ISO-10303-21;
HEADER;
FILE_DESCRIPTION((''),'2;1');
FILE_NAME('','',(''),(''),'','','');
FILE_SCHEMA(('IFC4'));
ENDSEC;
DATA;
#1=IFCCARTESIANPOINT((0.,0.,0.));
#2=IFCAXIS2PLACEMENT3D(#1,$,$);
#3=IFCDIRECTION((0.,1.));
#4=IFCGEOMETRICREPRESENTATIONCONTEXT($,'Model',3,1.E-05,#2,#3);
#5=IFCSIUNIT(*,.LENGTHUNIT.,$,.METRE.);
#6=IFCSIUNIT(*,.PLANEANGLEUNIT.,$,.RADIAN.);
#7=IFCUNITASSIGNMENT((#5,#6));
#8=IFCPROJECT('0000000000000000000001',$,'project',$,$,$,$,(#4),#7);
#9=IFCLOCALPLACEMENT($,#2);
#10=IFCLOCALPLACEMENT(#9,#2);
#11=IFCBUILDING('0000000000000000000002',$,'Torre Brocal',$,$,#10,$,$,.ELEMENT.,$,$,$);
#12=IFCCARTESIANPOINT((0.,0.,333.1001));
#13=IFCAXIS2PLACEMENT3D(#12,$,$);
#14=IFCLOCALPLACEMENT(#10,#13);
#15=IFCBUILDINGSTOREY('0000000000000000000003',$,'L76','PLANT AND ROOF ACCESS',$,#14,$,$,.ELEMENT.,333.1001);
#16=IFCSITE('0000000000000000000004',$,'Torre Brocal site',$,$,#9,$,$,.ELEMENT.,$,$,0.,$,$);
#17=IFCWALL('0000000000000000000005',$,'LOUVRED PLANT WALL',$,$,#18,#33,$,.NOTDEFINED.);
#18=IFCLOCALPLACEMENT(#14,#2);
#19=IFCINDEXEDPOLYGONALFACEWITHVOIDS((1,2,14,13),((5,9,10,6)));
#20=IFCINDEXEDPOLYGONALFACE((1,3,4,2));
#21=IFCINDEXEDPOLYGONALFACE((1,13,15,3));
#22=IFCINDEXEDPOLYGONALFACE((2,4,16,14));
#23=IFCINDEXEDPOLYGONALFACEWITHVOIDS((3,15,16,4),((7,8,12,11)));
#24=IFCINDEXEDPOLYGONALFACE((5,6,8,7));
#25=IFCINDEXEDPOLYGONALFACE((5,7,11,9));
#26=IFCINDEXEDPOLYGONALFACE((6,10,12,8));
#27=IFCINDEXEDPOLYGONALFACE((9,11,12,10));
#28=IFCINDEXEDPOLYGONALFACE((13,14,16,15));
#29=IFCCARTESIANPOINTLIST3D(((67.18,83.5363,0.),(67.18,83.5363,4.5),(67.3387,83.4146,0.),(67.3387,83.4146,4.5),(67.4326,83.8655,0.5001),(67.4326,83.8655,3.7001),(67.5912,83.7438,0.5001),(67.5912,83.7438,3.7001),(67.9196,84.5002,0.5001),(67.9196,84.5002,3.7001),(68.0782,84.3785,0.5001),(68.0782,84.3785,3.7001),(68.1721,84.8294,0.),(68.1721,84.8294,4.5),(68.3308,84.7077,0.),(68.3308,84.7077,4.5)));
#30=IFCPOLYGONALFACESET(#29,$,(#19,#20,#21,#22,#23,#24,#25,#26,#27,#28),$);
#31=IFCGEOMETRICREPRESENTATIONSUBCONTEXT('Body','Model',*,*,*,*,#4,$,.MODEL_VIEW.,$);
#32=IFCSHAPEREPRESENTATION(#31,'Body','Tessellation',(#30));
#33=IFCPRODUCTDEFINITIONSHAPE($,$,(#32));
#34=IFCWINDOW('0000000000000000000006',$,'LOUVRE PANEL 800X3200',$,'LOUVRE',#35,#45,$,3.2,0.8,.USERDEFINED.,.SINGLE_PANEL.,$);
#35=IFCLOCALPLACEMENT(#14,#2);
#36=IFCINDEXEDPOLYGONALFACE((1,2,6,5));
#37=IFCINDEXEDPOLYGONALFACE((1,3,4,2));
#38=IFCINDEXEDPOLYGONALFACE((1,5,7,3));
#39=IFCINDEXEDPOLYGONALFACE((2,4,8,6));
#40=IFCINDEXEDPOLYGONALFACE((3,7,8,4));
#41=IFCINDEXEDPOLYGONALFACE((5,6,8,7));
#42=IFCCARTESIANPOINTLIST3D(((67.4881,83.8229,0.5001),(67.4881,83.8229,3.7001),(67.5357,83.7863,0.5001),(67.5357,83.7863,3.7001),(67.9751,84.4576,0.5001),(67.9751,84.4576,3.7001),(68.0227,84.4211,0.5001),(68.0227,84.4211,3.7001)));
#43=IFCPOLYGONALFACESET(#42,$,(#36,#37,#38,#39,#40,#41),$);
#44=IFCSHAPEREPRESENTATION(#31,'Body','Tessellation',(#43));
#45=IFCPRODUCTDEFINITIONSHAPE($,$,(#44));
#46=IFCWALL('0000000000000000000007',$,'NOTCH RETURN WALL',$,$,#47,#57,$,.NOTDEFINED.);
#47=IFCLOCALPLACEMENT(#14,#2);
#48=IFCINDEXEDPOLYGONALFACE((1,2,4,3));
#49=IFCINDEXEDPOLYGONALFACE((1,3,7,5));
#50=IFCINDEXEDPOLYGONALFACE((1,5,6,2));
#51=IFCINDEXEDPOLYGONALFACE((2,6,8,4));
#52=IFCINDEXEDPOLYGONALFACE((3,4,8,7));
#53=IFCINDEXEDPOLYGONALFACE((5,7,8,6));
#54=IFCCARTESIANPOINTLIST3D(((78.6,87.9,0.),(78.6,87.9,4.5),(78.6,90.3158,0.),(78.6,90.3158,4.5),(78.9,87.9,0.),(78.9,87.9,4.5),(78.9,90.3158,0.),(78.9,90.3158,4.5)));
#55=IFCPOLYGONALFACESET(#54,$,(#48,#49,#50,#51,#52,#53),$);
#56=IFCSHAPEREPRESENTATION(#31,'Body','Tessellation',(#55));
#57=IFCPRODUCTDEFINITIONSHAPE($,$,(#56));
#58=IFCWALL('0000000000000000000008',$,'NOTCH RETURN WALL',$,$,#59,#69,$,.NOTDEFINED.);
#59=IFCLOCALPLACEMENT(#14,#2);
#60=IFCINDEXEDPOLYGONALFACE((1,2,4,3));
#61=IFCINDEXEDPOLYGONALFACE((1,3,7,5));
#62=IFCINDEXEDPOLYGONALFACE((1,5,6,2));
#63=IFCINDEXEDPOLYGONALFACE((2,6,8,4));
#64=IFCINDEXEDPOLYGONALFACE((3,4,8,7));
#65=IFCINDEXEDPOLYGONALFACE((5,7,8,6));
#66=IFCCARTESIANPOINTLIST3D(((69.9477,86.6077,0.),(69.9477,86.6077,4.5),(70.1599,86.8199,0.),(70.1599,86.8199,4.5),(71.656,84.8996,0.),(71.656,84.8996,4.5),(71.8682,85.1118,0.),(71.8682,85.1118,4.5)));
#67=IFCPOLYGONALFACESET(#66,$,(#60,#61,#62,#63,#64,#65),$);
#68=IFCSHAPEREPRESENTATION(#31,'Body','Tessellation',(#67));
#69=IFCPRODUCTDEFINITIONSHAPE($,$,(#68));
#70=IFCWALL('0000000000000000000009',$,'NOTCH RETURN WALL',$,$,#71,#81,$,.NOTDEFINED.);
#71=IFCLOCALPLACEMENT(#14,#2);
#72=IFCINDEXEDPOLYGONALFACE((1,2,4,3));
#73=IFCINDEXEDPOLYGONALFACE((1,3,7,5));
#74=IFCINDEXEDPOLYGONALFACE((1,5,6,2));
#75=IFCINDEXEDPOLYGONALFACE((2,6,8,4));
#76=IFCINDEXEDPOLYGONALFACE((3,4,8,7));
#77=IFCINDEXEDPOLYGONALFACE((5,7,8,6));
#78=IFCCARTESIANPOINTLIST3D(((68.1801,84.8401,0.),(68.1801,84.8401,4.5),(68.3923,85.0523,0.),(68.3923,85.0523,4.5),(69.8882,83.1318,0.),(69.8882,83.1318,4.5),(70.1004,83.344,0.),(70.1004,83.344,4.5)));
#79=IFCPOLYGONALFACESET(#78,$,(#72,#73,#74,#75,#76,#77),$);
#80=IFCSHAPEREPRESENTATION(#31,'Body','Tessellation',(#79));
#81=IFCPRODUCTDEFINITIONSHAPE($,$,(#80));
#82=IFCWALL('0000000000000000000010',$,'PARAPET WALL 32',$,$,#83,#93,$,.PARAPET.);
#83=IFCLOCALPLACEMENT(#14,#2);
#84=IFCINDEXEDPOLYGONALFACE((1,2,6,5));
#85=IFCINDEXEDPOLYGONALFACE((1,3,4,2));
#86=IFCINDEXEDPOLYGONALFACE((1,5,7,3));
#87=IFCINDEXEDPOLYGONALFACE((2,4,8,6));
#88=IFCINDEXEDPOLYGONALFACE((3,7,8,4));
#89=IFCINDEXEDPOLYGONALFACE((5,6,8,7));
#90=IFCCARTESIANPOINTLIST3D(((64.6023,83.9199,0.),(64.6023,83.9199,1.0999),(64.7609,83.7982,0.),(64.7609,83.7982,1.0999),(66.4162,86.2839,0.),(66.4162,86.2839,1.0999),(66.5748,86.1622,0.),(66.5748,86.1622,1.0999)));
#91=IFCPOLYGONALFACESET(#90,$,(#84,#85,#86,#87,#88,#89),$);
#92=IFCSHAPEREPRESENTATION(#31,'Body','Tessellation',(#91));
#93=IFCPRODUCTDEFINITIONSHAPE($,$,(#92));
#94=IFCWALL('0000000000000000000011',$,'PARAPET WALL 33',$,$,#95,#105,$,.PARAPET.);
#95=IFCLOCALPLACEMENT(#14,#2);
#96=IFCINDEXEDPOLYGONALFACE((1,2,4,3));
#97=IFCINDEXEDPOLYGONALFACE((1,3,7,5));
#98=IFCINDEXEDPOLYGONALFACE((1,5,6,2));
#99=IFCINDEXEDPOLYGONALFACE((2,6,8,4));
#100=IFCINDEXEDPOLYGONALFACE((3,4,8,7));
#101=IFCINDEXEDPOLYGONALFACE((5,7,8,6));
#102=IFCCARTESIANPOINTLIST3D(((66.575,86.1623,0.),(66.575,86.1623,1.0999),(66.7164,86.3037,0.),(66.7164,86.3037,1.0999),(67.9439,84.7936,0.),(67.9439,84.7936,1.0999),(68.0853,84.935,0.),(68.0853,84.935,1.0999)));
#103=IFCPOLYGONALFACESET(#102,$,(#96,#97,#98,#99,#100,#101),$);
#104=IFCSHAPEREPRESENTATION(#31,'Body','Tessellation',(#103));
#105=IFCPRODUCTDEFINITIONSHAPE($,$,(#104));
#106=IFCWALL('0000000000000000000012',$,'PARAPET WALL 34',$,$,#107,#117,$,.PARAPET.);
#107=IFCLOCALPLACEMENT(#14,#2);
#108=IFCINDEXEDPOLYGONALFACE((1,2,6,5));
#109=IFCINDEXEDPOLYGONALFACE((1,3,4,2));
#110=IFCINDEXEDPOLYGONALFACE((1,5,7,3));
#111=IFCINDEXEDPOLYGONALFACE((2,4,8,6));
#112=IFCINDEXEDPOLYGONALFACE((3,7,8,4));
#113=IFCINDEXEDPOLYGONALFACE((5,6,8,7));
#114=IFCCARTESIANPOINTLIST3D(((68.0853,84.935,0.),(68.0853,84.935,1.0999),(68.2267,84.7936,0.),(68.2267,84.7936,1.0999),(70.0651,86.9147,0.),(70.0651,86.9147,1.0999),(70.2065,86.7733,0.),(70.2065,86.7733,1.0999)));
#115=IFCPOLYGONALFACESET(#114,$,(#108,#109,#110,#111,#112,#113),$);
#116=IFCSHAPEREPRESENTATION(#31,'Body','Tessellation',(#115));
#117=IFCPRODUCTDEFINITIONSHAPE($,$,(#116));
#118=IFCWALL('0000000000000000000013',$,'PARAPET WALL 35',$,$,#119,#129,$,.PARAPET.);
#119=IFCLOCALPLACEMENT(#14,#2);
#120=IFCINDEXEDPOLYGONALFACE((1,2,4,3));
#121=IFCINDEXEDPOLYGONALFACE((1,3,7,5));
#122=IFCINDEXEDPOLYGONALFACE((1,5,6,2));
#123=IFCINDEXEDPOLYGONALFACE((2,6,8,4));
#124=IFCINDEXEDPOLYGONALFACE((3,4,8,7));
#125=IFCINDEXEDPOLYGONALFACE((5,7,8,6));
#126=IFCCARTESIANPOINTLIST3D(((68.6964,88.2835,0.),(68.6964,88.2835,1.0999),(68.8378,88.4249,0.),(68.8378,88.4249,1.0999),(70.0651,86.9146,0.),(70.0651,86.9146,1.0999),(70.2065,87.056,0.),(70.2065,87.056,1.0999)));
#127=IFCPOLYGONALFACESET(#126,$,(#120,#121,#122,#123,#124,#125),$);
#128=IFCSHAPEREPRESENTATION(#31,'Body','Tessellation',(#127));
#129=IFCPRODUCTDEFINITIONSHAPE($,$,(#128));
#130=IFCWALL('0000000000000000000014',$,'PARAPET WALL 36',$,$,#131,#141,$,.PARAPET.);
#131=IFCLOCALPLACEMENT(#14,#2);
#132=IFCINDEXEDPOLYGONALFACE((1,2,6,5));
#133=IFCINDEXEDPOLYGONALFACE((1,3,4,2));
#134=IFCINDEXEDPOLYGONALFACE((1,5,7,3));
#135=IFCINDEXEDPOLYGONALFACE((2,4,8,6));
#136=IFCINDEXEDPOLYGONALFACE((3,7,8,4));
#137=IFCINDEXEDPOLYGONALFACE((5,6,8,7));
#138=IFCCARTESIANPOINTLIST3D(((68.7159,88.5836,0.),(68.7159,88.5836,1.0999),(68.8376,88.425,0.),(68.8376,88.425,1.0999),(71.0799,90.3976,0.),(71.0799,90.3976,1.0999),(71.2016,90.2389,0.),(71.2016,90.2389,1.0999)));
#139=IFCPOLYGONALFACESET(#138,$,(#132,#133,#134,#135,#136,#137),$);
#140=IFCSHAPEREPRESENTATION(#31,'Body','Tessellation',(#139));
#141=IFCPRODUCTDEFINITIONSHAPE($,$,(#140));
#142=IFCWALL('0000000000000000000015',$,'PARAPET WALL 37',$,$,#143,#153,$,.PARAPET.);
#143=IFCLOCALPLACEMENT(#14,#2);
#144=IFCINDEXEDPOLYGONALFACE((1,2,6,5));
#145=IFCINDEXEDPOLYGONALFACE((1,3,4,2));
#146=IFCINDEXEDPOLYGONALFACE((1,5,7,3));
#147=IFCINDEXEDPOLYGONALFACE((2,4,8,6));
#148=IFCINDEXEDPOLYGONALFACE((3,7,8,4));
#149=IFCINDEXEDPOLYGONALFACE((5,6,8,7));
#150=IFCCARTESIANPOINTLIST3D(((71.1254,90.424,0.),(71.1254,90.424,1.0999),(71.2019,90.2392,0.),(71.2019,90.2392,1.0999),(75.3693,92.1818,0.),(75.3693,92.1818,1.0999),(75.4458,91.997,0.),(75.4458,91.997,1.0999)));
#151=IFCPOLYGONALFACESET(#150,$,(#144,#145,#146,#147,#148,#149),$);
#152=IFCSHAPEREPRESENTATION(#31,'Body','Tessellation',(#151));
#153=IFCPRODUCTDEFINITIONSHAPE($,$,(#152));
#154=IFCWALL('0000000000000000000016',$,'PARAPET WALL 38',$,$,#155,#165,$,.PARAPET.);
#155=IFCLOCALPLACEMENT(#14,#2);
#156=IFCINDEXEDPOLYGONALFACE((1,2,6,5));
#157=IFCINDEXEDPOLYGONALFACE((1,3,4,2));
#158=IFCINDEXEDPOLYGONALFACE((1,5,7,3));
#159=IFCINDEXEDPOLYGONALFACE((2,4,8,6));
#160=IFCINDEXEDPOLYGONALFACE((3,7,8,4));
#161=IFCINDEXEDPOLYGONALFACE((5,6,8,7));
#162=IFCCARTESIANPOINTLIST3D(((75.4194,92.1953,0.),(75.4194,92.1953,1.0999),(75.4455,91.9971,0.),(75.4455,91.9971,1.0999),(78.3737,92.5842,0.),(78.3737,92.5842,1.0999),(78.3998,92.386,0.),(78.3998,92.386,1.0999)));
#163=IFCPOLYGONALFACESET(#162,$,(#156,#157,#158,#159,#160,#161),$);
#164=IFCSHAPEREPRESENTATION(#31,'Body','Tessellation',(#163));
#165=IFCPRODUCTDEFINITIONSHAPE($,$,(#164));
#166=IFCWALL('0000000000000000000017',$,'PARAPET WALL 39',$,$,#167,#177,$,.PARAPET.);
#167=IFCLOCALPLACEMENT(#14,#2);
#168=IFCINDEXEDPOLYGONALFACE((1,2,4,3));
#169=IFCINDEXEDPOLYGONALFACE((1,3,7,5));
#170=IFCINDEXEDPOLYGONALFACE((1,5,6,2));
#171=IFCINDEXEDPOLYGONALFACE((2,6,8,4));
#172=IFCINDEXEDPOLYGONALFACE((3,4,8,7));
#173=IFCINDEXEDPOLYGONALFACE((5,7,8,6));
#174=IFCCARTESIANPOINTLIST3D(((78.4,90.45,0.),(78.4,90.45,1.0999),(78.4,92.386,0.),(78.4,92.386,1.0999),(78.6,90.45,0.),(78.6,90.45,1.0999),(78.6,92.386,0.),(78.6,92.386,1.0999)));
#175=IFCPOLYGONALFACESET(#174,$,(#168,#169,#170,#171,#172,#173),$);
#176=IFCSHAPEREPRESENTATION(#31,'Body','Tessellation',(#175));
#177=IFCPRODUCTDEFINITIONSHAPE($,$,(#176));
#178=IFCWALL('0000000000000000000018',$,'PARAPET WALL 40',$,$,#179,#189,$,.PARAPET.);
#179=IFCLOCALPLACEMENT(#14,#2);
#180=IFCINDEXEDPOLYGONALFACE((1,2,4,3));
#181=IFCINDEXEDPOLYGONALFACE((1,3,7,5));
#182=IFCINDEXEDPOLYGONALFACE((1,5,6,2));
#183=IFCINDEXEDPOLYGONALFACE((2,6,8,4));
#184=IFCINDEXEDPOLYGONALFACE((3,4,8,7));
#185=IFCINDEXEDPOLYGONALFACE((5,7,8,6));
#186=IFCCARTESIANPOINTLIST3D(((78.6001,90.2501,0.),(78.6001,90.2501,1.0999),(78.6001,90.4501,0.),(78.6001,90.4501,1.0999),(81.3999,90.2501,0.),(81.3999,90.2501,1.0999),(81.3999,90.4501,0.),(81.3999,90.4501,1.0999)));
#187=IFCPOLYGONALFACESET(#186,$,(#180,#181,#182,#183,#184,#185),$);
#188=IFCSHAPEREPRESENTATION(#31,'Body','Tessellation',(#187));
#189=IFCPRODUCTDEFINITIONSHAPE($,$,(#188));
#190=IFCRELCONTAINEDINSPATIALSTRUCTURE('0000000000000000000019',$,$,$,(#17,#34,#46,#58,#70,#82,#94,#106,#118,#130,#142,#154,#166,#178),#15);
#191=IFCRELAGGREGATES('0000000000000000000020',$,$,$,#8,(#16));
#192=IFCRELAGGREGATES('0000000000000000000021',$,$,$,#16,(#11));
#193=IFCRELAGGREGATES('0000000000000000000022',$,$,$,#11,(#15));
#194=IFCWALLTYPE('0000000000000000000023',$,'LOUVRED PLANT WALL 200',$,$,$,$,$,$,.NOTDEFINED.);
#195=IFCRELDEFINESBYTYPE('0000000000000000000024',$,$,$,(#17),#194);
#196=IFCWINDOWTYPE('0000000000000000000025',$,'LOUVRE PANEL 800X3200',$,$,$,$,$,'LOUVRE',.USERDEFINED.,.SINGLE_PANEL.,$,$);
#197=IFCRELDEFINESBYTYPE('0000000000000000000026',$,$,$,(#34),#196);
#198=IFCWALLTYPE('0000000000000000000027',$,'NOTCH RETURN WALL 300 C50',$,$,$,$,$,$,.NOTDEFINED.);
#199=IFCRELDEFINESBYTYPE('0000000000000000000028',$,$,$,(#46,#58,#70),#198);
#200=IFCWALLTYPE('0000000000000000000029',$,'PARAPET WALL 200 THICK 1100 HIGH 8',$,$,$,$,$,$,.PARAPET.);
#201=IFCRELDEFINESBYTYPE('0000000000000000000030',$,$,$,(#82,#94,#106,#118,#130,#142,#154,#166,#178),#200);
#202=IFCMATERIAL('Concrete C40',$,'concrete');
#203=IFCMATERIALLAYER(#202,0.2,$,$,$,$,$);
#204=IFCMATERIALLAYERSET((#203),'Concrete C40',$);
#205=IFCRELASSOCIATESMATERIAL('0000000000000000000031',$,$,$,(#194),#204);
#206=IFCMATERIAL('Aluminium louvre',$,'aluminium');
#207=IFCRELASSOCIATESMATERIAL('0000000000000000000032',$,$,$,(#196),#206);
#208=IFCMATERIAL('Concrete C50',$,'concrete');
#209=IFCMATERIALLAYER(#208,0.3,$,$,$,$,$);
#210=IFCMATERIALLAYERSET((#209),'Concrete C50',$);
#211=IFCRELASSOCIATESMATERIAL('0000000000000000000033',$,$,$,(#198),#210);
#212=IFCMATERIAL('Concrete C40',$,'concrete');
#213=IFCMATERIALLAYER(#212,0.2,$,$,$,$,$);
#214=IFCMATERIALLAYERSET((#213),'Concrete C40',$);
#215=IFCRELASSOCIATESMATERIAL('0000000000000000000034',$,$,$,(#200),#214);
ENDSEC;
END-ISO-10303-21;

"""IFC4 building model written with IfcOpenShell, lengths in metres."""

from ifc_helpers import new_model, si_unit, direction, frame, frame_2d, origin, place, context, subcontext, project, spatial, rectangle, extrude, material, layer, layer_set, type_object, element, fill, save


model = new_model("IFC4")

# Units and contexts
model_context = context("Model", 3, precision=1e-05, world=origin(), true_north=direction((0.0, 1.0)))
body_context = subcontext(model_context, "Body", "Model", "MODEL_VIEW")
ifc_project = project(units=[si_unit("LENGTHUNIT", "METRE"), si_unit("PLANEANGLEUNIT", "RADIAN")], contexts=[model_context])

# Site, building, storey
site_placement = place(None, origin())
site = spatial("IfcSite", under=ifc_project, at=site_placement, Name="Torre Brocal site", CompositionType="ELEMENT", RefElevation=0.0)
building_placement = place(site_placement, origin())
building = spatial("IfcBuilding", under=site, at=building_placement, Name="Torre Brocal", CompositionType="ELEMENT")
storey_placement = place(building_placement, frame((0.0, 0.0, 333.1001)))
storey = spatial("IfcBuildingStorey", under=building, at=storey_placement, Name="L76", Description="PLANT AND ROOF ACCESS", CompositionType="ELEMENT", Elevation=333.1001)

# Wall, opening, window
ifc_material_1 = material(Name="Concrete C40", Category="concrete")
ifc_layer_1 = layer(ifc_material_1, 0.2)
ifc_layer_set_1 = layer_set([ifc_layer_1], Name="Concrete C40")
wall_type_1 = type_object("IfcWallType", Name="LOUVRED PLANT WALL 200", PredefinedType="NOTDEFINED", material=ifc_layer_set_1)
wall_1_placement = place(storey_placement, frame((68.2515, 84.7686, 0.0), z_axis=(0.0, 0.0, 1.0), x_axis=(-0.608711, -0.793392, 0.0)))
wall_1 = element("IfcWall", 1, at=wall_1_placement, inside=storey, type_object=wall_type_1, Name="LOUVRED PLANT WALL", PredefinedType="NOTDEFINED", context=body_context, shape_type="SweptSolid", body=[
    extrude(rectangle(XDim=1.6299, YDim=0.2, at=frame_2d((0.8149, 0.0))), origin(), (0.0, 0.0, 1.0), 4.5),
])
opening_1_placement = place(wall_1_placement, frame((0.415, 0.0, 0.5)))
opening_1 = element("IfcOpeningElement", 2, at=opening_1_placement, cuts=wall_1, PredefinedType="OPENING", context=body_context, shape_type="SweptSolid", body=[
    extrude(rectangle(XDim=0.8, YDim=3.2, at=frame_2d((0.3999, 1.6001))), frame((0.0, 0.1099, 0.0), z_axis=(0.0, -1.0, 0.0), x_axis=(1.0, 0.0, 0.0)), (0.0, 0.0, 1.0), 0.22),
])
ifc_material_2 = material(Name="Aluminium louvre", Category="aluminium")
window_type_1 = type_object("IfcWindowType", Name="LOUVRE PANEL 800X3200", ElementType="LOUVRE", PartitioningType="SINGLE_PANEL", PredefinedType="USERDEFINED", material=ifc_material_2)
window_1_placement = place(opening_1_placement, origin())
window_1 = element("IfcWindow", 3, at=window_1_placement, inside=storey, type_object=window_type_1, Name="LOUVRE PANEL 800X3200", ObjectType="LOUVRE", OverallHeight=3.2, OverallWidth=0.8, PartitioningType="SINGLE_PANEL", PredefinedType="USERDEFINED", context=body_context, shape_type="SweptSolid", body=[
    extrude(rectangle(XDim=0.8, YDim=3.2, at=frame_2d((0.3999, 1.6001))), frame((0.0, 0.03, 0.0), z_axis=(0.0, -1.0, 0.0), x_axis=(1.0, 0.0, 0.0)), (0.0, 0.0, 1.0), 0.0601),
])
fill(opening_1, window_1)

# Walls
ifc_material_3 = material(Name="Concrete C50", Category="concrete")
ifc_layer_2 = layer(ifc_material_3, 0.3)
ifc_layer_set_2 = layer_set([ifc_layer_2], Name="Concrete C50")
wall_type_2 = type_object("IfcWallType", Name="NOTCH RETURN WALL 300 C50", PredefinedType="NOTDEFINED", material=ifc_layer_set_2)
for number, where, z_axis, x_axis, name in (
    (4, (78.75, 87.8999, 0.0), (0.0, 0.0, 1.0), (0.0, 1.0, 0.0), "NOTCH RETURN WALL"),
    (5, (71.7622, 85.0056, 0.0), (0.0, 0.0, 1.0), (-0.707157, 0.707056, 0.0), "NOTCH RETURN WALL"),
    (6, (69.9944, 83.2378, 0.0), (0.0, 0.0, 1.0), (-0.707056, 0.707157, 0.0), "NOTCH RETURN WALL"),
):
    element("IfcWall", number, at=place(storey_placement, frame(where, z_axis=z_axis, x_axis=x_axis)), inside=storey, type_object=wall_type_2, Name=name, PredefinedType="NOTDEFINED", context=body_context, shape_type="SweptSolid", body=[
        extrude(rectangle(XDim=2.4158, YDim=0.3, at=frame_2d((1.208, 0.0))), origin(), (0.0, 0.0, 1.0), 4.5),
    ])
ifc_material_4 = material(Name="Concrete C40", Category="concrete")
ifc_layer_3 = layer(ifc_material_4, 0.2)
ifc_layer_set_3 = layer_set([ifc_layer_3], Name="Concrete C40")
wall_type_3 = type_object("IfcWallType", Name="PARAPET WALL 200 THICK 1100 HIGH 8", PredefinedType="PARAPET", material=ifc_layer_set_3)
wall_2_placement = place(storey_placement, frame((64.6816, 83.8591, 0.0), z_axis=(0.0, 0.0, 1.0), x_axis=(0.60876, 0.793354, 0.0)))
element("IfcWall", 7, at=wall_2_placement, inside=storey, type_object=wall_type_3, Name="PARAPET WALL 32", PredefinedType="PARAPET", context=body_context, shape_type="SweptSolid", body=[
    extrude(rectangle(XDim=2.9797, YDim=0.2, at=frame_2d((1.4897, 0.0))), origin(), (0.0, 0.0, 1.0), 1.0999),
])
wall_3_placement = place(storey_placement, frame((66.6458, 86.2329, 0.0), z_axis=(0.0, 0.0, 1.0), x_axis=(0.70717, -0.707044, 0.0)))
element("IfcWall", 8, at=wall_3_placement, inside=storey, type_object=wall_type_3, Name="PARAPET WALL 33", PredefinedType="PARAPET", context=body_context, shape_type="SweptSolid", body=[
    extrude(rectangle(XDim=1.9358, YDim=0.2, at=frame_2d((0.9678, 0.0))), origin(), (0.0, 0.0, 1.0), 1.0999),
])
wall_4_placement = place(storey_placement, frame((68.156, 84.8643, 0.0), z_axis=(0.0, 0.0, 1.0), x_axis=(0.707107, 0.707107, 0.0)))
element("IfcWall", 9, at=wall_4_placement, inside=storey, type_object=wall_type_3, Name="PARAPET WALL 34", PredefinedType="PARAPET", context=body_context, shape_type="SweptSolid", body=[
    extrude(rectangle(XDim=2.7998, YDim=0.2, at=frame_2d((1.3999, 0.0))), origin(), (0.0, 0.0, 1.0), 1.0999),
])
wall_5_placement = place(storey_placement, frame((70.1357, 86.9854, 0.0), z_axis=(0.0, 0.0, 1.0), x_axis=(-0.707044, 0.70717, 0.0)))
element("IfcWall", 10, at=wall_5_placement, inside=storey, type_object=wall_type_3, Name="PARAPET WALL 35", PredefinedType="PARAPET", context=body_context, shape_type="SweptSolid", body=[
    extrude(rectangle(XDim=1.9358, YDim=0.2, at=frame_2d((0.9678, 0.0))), origin(), (0.0, 0.0, 1.0), 1.0999),
])
wall_6_placement = place(storey_placement, frame((68.7769, 88.5044, 0.0), z_axis=(0.0, 0.0, 1.0), x_axis=(0.793354, 0.60876, 0.0)))
element("IfcWall", 11, at=wall_6_placement, inside=storey, type_object=wall_type_3, Name="PARAPET WALL 36", PredefinedType="PARAPET", context=body_context, shape_type="SweptSolid", body=[
    extrude(rectangle(XDim=2.9797, YDim=0.2, at=frame_2d((1.4897, 0.0))), origin(), (0.0, 0.0, 1.0), 1.0999),
])
wall_7_placement = place(storey_placement, frame((71.1636, 90.3315, 0.0), z_axis=(0.0, 0.0, 1.0), x_axis=(0.923885, 0.382671, 0.0)))
element("IfcWall", 12, at=wall_7_placement, inside=storey, type_object=wall_type_3, Name="PARAPET WALL 37", PredefinedType="PARAPET", context=body_context, shape_type="SweptSolid", body=[
    extrude(rectangle(XDim=4.5935, YDim=0.2, at=frame_2d((2.2969, 0.0))), origin(), (0.0, 0.0, 1.0), 1.0999),
])
wall_8_placement = place(storey_placement, frame((75.4326, 92.0962, 0.0), z_axis=(0.0, 0.0, 1.0), x_axis=(0.991446, 0.130516, 0.0)))
element("IfcWall", 13, at=wall_8_placement, inside=storey, type_object=wall_type_3, Name="PARAPET WALL 38", PredefinedType="PARAPET", context=body_context, shape_type="SweptSolid", body=[
    extrude(rectangle(XDim=2.9797, YDim=0.2, at=frame_2d((1.4897, 0.0))), origin(), (0.0, 0.0, 1.0), 1.0999),
])
wall_9_placement = place(storey_placement, frame((78.5, 92.386, 0.0), z_axis=(0.0, 0.0, 1.0), x_axis=(0.0, -1.0, 0.0)))
element("IfcWall", 14, at=wall_9_placement, inside=storey, type_object=wall_type_3, Name="PARAPET WALL 39", PredefinedType="PARAPET", context=body_context, shape_type="SweptSolid", body=[
    extrude(rectangle(XDim=1.936, YDim=0.2, at=frame_2d((0.968, 0.0))), origin(), (0.0, 0.0, 1.0), 1.0999),
])
wall_10_placement = place(storey_placement, frame((78.6001, 90.3501, 0.0), z_axis=(0.0, 0.0, 1.0), x_axis=(1.0, 0.0, 0.0)))
element("IfcWall", 15, at=wall_10_placement, inside=storey, type_object=wall_type_3, Name="PARAPET WALL 40", PredefinedType="PARAPET", context=body_context, shape_type="SweptSolid", body=[
    extrude(rectangle(XDim=2.7998, YDim=0.2, at=frame_2d((1.3999, 0.0))), origin(), (0.0, 0.0, 1.0), 1.0999),
])

save(model, "model.ifc")
